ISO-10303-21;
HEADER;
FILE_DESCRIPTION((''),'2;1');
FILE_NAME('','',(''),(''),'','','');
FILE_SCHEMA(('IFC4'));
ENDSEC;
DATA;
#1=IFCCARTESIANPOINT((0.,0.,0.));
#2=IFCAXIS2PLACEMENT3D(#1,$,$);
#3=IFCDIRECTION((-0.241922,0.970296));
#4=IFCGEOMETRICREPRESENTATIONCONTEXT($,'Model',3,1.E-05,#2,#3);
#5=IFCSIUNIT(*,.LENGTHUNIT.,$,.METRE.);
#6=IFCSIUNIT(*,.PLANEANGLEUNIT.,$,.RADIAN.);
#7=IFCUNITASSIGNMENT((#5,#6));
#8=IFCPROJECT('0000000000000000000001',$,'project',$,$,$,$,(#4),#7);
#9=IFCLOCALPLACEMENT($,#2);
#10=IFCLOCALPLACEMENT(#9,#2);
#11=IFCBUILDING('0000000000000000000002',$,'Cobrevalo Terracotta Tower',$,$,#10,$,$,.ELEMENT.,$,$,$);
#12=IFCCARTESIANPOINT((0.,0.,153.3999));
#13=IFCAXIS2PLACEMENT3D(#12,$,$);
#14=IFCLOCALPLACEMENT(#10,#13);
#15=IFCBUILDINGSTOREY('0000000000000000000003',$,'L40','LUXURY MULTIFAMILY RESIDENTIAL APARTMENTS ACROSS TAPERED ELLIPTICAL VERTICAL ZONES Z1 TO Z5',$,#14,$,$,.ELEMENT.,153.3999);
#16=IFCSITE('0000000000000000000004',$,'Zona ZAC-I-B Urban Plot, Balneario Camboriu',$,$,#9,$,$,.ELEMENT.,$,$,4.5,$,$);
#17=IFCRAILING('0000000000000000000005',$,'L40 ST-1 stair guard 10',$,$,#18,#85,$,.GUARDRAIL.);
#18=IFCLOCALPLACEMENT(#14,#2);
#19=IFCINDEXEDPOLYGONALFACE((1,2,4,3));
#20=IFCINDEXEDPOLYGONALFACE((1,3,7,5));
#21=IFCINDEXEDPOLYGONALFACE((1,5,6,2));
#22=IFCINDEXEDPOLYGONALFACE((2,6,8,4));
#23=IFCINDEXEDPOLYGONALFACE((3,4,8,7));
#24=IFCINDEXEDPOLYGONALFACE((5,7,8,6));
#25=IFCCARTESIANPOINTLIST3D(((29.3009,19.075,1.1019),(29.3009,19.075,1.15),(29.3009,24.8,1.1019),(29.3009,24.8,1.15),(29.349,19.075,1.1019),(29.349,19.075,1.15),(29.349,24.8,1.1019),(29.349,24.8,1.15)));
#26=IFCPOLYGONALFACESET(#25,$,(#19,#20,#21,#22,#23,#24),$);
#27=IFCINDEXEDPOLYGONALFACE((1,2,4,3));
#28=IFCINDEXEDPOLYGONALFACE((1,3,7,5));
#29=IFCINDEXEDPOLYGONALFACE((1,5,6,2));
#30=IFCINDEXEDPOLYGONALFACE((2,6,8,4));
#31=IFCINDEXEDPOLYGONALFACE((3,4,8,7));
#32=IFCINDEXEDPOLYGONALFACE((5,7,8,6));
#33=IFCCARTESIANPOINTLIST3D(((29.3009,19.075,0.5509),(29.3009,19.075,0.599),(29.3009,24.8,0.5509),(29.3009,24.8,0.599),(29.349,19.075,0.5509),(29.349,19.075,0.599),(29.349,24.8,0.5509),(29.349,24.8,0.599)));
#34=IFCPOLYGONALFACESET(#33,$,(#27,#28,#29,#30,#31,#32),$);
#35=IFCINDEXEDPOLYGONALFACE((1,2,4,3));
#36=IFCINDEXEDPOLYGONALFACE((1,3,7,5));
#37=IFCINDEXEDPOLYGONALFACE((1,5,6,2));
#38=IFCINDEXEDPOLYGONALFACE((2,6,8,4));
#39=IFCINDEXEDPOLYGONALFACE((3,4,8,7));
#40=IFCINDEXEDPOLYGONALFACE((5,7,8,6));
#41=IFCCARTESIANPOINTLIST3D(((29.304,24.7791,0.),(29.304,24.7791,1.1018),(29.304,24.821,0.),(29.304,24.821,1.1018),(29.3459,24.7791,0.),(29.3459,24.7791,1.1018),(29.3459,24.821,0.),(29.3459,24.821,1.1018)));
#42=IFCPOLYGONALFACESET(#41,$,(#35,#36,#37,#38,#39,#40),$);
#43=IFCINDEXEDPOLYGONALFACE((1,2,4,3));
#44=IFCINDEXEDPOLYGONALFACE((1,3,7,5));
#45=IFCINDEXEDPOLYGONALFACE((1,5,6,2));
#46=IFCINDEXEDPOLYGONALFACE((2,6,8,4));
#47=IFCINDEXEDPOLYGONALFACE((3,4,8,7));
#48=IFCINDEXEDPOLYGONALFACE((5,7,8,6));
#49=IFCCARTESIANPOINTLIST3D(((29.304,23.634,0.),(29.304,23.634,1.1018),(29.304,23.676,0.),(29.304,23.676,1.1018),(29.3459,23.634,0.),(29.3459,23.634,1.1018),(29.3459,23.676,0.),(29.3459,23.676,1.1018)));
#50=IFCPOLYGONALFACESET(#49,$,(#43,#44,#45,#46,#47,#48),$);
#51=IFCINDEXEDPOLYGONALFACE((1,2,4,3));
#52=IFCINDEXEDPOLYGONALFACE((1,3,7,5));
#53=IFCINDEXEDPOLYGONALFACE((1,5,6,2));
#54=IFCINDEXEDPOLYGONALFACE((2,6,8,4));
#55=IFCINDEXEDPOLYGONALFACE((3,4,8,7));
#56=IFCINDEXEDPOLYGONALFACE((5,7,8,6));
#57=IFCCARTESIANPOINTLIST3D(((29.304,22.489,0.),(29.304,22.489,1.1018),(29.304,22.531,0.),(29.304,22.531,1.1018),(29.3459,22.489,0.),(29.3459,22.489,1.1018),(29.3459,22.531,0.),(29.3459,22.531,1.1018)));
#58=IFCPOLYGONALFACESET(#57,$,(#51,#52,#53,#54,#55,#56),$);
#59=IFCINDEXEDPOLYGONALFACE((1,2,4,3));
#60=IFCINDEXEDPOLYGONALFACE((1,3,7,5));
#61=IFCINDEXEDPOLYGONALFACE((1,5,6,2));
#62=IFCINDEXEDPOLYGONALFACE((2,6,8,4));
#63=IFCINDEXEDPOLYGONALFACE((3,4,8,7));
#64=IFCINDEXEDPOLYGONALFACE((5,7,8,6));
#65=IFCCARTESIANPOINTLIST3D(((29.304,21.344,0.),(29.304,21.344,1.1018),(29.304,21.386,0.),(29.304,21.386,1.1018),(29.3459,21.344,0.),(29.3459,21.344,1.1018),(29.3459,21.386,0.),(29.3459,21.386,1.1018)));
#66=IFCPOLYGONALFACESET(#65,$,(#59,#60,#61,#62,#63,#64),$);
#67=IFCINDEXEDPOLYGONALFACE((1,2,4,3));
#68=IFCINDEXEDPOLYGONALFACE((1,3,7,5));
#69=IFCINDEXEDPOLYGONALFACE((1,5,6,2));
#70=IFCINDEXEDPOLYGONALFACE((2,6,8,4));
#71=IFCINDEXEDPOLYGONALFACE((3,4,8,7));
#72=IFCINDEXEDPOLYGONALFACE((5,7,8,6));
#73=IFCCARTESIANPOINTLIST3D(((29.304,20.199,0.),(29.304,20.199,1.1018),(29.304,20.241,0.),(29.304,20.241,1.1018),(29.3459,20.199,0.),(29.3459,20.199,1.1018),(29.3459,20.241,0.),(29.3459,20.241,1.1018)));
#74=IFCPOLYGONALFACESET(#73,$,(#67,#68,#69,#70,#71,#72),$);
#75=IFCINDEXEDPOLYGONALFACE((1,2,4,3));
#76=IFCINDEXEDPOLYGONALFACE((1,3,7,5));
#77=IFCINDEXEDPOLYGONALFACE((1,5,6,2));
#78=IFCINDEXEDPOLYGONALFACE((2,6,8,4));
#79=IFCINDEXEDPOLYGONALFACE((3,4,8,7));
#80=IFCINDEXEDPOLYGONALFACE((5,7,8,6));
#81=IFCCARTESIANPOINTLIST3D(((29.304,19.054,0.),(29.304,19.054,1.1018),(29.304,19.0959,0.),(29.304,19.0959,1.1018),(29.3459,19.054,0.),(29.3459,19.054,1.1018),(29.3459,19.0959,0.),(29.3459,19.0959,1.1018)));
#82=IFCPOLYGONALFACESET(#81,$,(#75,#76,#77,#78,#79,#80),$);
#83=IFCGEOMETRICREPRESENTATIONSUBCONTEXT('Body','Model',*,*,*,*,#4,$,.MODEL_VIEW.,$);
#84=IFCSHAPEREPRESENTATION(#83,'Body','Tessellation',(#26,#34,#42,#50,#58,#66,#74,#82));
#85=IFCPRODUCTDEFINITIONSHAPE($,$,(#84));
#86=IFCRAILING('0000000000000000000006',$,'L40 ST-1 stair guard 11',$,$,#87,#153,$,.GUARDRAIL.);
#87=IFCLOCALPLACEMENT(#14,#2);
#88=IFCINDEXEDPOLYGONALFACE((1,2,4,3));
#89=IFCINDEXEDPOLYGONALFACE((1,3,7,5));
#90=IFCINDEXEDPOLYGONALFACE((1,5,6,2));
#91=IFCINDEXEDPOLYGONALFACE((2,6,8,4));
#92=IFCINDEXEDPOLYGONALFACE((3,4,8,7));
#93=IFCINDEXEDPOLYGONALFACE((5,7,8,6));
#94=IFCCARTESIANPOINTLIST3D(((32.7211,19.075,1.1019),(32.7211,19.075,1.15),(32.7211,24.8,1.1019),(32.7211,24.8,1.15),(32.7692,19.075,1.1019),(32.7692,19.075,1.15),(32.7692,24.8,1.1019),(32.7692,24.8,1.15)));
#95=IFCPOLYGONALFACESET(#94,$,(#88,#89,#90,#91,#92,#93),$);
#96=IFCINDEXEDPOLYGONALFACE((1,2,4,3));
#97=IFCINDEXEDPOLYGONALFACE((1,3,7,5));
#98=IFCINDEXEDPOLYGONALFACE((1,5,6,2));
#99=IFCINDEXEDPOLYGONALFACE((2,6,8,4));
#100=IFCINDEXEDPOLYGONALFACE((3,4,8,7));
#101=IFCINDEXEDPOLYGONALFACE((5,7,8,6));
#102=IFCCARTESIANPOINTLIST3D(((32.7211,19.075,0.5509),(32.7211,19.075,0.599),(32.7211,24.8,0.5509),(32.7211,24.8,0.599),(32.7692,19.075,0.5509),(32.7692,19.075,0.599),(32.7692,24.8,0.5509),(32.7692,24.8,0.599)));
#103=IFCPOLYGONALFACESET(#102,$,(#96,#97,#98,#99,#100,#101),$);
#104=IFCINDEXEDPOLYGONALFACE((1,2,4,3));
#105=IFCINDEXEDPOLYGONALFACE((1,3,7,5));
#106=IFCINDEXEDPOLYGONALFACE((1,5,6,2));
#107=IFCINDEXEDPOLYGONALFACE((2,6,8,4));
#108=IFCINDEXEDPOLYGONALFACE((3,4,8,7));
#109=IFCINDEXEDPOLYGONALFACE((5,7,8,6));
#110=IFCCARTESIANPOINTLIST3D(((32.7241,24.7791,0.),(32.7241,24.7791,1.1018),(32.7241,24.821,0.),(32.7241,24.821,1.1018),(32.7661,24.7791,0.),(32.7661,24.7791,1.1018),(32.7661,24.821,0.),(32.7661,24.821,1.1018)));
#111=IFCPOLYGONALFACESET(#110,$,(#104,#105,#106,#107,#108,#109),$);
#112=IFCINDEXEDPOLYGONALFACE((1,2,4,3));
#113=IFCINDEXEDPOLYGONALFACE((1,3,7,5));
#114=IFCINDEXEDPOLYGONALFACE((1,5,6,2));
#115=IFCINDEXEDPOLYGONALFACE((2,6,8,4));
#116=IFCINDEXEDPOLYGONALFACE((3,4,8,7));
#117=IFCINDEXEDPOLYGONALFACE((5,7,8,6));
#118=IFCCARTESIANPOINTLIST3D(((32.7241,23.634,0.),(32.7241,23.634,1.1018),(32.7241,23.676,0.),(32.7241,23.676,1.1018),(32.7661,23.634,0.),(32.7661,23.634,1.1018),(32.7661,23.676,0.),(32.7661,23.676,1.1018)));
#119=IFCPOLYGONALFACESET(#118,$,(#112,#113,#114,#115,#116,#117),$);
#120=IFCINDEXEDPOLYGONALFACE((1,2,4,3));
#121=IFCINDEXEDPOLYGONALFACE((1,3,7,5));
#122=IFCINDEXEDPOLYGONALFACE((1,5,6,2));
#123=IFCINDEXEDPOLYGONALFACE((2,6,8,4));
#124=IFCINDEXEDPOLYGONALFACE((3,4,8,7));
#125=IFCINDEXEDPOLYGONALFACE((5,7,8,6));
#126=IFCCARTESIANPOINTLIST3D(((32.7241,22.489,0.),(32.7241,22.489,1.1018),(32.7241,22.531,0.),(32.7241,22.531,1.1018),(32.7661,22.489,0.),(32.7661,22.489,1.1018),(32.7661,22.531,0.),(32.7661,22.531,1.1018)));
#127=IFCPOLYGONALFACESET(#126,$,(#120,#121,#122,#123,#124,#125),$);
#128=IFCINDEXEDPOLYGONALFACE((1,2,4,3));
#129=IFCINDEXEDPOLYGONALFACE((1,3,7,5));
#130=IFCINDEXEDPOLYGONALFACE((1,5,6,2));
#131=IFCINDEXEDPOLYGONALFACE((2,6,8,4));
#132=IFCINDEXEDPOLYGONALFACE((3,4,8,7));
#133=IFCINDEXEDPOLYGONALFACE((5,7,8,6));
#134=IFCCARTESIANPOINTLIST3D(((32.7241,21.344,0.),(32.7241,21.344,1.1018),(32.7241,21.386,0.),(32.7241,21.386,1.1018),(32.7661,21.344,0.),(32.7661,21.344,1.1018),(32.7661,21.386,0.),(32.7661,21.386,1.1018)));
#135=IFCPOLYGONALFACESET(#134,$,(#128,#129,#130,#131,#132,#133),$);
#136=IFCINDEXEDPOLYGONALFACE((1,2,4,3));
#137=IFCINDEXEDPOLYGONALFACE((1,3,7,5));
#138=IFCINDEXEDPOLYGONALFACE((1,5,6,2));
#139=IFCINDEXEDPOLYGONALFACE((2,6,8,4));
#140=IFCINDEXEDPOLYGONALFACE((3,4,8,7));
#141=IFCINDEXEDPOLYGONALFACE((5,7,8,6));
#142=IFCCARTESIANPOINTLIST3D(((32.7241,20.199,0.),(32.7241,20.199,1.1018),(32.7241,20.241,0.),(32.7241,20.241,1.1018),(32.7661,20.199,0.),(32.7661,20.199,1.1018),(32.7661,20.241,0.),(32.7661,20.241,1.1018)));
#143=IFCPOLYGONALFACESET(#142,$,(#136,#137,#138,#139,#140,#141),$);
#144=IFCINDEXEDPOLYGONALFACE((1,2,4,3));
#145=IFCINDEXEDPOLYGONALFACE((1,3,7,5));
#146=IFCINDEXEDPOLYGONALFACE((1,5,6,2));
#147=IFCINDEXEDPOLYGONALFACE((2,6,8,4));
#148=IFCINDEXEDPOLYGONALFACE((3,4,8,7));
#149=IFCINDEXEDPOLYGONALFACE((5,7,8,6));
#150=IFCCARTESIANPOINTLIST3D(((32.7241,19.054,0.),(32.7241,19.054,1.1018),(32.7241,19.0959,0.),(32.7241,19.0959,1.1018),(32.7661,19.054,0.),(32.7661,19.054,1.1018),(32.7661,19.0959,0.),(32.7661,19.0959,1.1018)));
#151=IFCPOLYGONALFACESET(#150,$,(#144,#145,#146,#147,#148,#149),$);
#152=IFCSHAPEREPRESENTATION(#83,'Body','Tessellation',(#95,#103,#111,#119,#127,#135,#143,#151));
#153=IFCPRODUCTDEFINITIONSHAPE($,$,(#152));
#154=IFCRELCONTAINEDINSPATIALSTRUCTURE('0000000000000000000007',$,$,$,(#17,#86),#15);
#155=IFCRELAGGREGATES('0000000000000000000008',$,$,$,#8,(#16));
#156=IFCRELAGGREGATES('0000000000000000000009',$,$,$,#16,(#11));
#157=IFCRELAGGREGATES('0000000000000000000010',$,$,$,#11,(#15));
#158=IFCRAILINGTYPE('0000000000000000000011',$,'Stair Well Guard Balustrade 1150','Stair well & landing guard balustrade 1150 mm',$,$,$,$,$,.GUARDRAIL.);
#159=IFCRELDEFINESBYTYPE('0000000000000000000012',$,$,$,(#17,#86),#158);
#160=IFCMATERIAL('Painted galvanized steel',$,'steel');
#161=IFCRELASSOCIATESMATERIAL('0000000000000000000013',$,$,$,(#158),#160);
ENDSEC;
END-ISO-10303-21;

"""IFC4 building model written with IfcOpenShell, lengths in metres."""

from ifc_helpers import new_model, si_unit, direction, frame, origin, origin_2d, place, context, subcontext, project, spatial, rectangle, extrude, material, type_object, element, save


model = new_model("IFC4")

# Units and contexts
model_context = context("Model", 3, precision=1e-05, world=origin(), true_north=direction((-0.241922, 0.970296)))
body_context = subcontext(model_context, "Body", "Model", "MODEL_VIEW")
ifc_project = project(units=[si_unit("LENGTHUNIT", "METRE"), si_unit("PLANEANGLEUNIT", "RADIAN")], contexts=[model_context])

# Site, building, storey
site_placement = place(None, origin())
site = spatial("IfcSite", under=ifc_project, at=site_placement, Name="Zona ZAC-I-B Urban Plot, Balneario Camboriu", CompositionType="ELEMENT", RefElevation=4.5)
building_placement = place(site_placement, origin())
building = spatial("IfcBuilding", under=site, at=building_placement, Name="Cobrevalo Terracotta Tower", CompositionType="ELEMENT")
storey_placement = place(building_placement, frame((0.0, 0.0, 153.3999)))
storey = spatial("IfcBuildingStorey", under=building, at=storey_placement, Name="L40", Description="LUXURY MULTIFAMILY RESIDENTIAL APARTMENTS ACROSS TAPERED ELLIPTICAL VERTICAL ZONES Z1 TO Z5", CompositionType="ELEMENT", Elevation=153.3999)

# Railings
ifc_material_1 = material(Name="Painted galvanized steel", Category="steel")
railing_type_1 = type_object("IfcRailingType", Name="Stair Well Guard Balustrade 1150", Description="Stair well & landing guard balustrade 1150 mm", PredefinedType="GUARDRAIL", material=ifc_material_1)
for number, where, name in (
    (1, (29.325, 24.8, 0.0), "L40 ST-1 stair guard 10"),
    (2, (32.7451, 24.8, 0.0), "L40 ST-1 stair guard 11"),
):
    element("IfcRailing", number, at=place(storey_placement, frame(where)), inside=storey, type_object=railing_type_1, Name=name, PredefinedType="GUARDRAIL", context=body_context, shape_type="SweptSolid", body=[
        extrude(rectangle(XDim=0.0481, YDim=0.0481, at=origin_2d()), frame((0.0, 0.0, 1.126), z_axis=(0.0, -1.0, 0.0), x_axis=(1.0, 0.0, 0.0)), (0.0, 0.0, 1.0), 5.7251),
        extrude(rectangle(XDim=0.0481, YDim=0.0481, at=origin_2d()), frame((0.0, 0.0, 0.575), z_axis=(0.0, -1.0, 0.0), x_axis=(1.0, 0.0, 0.0)), (0.0, 0.0, 1.0), 5.7251),
        extrude(rectangle(XDim=0.042, YDim=0.042, at=origin_2d()), origin(), (0.0, 0.0, 1.0), 1.1018),
        extrude(rectangle(XDim=0.042, YDim=0.042, at=origin_2d()), frame((0.0, -1.145, 0.0)), (0.0, 0.0, 1.0), 1.1018),
        extrude(rectangle(XDim=0.042, YDim=0.042, at=origin_2d()), frame((0.0, -2.29, 0.0)), (0.0, 0.0, 1.0), 1.1018),
        extrude(rectangle(XDim=0.042, YDim=0.042, at=origin_2d()), frame((0.0, -3.4351, 0.0)), (0.0, 0.0, 1.0), 1.1018),
        extrude(rectangle(XDim=0.042, YDim=0.042, at=origin_2d()), frame((0.0, -4.5801, 0.0)), (0.0, 0.0, 1.0), 1.1018),
        extrude(rectangle(XDim=0.042, YDim=0.042, at=origin_2d()), frame((0.0, -5.7251, 0.0)), (0.0, 0.0, 1.0), 1.1018),
    ])

save(model, "model.ifc")
